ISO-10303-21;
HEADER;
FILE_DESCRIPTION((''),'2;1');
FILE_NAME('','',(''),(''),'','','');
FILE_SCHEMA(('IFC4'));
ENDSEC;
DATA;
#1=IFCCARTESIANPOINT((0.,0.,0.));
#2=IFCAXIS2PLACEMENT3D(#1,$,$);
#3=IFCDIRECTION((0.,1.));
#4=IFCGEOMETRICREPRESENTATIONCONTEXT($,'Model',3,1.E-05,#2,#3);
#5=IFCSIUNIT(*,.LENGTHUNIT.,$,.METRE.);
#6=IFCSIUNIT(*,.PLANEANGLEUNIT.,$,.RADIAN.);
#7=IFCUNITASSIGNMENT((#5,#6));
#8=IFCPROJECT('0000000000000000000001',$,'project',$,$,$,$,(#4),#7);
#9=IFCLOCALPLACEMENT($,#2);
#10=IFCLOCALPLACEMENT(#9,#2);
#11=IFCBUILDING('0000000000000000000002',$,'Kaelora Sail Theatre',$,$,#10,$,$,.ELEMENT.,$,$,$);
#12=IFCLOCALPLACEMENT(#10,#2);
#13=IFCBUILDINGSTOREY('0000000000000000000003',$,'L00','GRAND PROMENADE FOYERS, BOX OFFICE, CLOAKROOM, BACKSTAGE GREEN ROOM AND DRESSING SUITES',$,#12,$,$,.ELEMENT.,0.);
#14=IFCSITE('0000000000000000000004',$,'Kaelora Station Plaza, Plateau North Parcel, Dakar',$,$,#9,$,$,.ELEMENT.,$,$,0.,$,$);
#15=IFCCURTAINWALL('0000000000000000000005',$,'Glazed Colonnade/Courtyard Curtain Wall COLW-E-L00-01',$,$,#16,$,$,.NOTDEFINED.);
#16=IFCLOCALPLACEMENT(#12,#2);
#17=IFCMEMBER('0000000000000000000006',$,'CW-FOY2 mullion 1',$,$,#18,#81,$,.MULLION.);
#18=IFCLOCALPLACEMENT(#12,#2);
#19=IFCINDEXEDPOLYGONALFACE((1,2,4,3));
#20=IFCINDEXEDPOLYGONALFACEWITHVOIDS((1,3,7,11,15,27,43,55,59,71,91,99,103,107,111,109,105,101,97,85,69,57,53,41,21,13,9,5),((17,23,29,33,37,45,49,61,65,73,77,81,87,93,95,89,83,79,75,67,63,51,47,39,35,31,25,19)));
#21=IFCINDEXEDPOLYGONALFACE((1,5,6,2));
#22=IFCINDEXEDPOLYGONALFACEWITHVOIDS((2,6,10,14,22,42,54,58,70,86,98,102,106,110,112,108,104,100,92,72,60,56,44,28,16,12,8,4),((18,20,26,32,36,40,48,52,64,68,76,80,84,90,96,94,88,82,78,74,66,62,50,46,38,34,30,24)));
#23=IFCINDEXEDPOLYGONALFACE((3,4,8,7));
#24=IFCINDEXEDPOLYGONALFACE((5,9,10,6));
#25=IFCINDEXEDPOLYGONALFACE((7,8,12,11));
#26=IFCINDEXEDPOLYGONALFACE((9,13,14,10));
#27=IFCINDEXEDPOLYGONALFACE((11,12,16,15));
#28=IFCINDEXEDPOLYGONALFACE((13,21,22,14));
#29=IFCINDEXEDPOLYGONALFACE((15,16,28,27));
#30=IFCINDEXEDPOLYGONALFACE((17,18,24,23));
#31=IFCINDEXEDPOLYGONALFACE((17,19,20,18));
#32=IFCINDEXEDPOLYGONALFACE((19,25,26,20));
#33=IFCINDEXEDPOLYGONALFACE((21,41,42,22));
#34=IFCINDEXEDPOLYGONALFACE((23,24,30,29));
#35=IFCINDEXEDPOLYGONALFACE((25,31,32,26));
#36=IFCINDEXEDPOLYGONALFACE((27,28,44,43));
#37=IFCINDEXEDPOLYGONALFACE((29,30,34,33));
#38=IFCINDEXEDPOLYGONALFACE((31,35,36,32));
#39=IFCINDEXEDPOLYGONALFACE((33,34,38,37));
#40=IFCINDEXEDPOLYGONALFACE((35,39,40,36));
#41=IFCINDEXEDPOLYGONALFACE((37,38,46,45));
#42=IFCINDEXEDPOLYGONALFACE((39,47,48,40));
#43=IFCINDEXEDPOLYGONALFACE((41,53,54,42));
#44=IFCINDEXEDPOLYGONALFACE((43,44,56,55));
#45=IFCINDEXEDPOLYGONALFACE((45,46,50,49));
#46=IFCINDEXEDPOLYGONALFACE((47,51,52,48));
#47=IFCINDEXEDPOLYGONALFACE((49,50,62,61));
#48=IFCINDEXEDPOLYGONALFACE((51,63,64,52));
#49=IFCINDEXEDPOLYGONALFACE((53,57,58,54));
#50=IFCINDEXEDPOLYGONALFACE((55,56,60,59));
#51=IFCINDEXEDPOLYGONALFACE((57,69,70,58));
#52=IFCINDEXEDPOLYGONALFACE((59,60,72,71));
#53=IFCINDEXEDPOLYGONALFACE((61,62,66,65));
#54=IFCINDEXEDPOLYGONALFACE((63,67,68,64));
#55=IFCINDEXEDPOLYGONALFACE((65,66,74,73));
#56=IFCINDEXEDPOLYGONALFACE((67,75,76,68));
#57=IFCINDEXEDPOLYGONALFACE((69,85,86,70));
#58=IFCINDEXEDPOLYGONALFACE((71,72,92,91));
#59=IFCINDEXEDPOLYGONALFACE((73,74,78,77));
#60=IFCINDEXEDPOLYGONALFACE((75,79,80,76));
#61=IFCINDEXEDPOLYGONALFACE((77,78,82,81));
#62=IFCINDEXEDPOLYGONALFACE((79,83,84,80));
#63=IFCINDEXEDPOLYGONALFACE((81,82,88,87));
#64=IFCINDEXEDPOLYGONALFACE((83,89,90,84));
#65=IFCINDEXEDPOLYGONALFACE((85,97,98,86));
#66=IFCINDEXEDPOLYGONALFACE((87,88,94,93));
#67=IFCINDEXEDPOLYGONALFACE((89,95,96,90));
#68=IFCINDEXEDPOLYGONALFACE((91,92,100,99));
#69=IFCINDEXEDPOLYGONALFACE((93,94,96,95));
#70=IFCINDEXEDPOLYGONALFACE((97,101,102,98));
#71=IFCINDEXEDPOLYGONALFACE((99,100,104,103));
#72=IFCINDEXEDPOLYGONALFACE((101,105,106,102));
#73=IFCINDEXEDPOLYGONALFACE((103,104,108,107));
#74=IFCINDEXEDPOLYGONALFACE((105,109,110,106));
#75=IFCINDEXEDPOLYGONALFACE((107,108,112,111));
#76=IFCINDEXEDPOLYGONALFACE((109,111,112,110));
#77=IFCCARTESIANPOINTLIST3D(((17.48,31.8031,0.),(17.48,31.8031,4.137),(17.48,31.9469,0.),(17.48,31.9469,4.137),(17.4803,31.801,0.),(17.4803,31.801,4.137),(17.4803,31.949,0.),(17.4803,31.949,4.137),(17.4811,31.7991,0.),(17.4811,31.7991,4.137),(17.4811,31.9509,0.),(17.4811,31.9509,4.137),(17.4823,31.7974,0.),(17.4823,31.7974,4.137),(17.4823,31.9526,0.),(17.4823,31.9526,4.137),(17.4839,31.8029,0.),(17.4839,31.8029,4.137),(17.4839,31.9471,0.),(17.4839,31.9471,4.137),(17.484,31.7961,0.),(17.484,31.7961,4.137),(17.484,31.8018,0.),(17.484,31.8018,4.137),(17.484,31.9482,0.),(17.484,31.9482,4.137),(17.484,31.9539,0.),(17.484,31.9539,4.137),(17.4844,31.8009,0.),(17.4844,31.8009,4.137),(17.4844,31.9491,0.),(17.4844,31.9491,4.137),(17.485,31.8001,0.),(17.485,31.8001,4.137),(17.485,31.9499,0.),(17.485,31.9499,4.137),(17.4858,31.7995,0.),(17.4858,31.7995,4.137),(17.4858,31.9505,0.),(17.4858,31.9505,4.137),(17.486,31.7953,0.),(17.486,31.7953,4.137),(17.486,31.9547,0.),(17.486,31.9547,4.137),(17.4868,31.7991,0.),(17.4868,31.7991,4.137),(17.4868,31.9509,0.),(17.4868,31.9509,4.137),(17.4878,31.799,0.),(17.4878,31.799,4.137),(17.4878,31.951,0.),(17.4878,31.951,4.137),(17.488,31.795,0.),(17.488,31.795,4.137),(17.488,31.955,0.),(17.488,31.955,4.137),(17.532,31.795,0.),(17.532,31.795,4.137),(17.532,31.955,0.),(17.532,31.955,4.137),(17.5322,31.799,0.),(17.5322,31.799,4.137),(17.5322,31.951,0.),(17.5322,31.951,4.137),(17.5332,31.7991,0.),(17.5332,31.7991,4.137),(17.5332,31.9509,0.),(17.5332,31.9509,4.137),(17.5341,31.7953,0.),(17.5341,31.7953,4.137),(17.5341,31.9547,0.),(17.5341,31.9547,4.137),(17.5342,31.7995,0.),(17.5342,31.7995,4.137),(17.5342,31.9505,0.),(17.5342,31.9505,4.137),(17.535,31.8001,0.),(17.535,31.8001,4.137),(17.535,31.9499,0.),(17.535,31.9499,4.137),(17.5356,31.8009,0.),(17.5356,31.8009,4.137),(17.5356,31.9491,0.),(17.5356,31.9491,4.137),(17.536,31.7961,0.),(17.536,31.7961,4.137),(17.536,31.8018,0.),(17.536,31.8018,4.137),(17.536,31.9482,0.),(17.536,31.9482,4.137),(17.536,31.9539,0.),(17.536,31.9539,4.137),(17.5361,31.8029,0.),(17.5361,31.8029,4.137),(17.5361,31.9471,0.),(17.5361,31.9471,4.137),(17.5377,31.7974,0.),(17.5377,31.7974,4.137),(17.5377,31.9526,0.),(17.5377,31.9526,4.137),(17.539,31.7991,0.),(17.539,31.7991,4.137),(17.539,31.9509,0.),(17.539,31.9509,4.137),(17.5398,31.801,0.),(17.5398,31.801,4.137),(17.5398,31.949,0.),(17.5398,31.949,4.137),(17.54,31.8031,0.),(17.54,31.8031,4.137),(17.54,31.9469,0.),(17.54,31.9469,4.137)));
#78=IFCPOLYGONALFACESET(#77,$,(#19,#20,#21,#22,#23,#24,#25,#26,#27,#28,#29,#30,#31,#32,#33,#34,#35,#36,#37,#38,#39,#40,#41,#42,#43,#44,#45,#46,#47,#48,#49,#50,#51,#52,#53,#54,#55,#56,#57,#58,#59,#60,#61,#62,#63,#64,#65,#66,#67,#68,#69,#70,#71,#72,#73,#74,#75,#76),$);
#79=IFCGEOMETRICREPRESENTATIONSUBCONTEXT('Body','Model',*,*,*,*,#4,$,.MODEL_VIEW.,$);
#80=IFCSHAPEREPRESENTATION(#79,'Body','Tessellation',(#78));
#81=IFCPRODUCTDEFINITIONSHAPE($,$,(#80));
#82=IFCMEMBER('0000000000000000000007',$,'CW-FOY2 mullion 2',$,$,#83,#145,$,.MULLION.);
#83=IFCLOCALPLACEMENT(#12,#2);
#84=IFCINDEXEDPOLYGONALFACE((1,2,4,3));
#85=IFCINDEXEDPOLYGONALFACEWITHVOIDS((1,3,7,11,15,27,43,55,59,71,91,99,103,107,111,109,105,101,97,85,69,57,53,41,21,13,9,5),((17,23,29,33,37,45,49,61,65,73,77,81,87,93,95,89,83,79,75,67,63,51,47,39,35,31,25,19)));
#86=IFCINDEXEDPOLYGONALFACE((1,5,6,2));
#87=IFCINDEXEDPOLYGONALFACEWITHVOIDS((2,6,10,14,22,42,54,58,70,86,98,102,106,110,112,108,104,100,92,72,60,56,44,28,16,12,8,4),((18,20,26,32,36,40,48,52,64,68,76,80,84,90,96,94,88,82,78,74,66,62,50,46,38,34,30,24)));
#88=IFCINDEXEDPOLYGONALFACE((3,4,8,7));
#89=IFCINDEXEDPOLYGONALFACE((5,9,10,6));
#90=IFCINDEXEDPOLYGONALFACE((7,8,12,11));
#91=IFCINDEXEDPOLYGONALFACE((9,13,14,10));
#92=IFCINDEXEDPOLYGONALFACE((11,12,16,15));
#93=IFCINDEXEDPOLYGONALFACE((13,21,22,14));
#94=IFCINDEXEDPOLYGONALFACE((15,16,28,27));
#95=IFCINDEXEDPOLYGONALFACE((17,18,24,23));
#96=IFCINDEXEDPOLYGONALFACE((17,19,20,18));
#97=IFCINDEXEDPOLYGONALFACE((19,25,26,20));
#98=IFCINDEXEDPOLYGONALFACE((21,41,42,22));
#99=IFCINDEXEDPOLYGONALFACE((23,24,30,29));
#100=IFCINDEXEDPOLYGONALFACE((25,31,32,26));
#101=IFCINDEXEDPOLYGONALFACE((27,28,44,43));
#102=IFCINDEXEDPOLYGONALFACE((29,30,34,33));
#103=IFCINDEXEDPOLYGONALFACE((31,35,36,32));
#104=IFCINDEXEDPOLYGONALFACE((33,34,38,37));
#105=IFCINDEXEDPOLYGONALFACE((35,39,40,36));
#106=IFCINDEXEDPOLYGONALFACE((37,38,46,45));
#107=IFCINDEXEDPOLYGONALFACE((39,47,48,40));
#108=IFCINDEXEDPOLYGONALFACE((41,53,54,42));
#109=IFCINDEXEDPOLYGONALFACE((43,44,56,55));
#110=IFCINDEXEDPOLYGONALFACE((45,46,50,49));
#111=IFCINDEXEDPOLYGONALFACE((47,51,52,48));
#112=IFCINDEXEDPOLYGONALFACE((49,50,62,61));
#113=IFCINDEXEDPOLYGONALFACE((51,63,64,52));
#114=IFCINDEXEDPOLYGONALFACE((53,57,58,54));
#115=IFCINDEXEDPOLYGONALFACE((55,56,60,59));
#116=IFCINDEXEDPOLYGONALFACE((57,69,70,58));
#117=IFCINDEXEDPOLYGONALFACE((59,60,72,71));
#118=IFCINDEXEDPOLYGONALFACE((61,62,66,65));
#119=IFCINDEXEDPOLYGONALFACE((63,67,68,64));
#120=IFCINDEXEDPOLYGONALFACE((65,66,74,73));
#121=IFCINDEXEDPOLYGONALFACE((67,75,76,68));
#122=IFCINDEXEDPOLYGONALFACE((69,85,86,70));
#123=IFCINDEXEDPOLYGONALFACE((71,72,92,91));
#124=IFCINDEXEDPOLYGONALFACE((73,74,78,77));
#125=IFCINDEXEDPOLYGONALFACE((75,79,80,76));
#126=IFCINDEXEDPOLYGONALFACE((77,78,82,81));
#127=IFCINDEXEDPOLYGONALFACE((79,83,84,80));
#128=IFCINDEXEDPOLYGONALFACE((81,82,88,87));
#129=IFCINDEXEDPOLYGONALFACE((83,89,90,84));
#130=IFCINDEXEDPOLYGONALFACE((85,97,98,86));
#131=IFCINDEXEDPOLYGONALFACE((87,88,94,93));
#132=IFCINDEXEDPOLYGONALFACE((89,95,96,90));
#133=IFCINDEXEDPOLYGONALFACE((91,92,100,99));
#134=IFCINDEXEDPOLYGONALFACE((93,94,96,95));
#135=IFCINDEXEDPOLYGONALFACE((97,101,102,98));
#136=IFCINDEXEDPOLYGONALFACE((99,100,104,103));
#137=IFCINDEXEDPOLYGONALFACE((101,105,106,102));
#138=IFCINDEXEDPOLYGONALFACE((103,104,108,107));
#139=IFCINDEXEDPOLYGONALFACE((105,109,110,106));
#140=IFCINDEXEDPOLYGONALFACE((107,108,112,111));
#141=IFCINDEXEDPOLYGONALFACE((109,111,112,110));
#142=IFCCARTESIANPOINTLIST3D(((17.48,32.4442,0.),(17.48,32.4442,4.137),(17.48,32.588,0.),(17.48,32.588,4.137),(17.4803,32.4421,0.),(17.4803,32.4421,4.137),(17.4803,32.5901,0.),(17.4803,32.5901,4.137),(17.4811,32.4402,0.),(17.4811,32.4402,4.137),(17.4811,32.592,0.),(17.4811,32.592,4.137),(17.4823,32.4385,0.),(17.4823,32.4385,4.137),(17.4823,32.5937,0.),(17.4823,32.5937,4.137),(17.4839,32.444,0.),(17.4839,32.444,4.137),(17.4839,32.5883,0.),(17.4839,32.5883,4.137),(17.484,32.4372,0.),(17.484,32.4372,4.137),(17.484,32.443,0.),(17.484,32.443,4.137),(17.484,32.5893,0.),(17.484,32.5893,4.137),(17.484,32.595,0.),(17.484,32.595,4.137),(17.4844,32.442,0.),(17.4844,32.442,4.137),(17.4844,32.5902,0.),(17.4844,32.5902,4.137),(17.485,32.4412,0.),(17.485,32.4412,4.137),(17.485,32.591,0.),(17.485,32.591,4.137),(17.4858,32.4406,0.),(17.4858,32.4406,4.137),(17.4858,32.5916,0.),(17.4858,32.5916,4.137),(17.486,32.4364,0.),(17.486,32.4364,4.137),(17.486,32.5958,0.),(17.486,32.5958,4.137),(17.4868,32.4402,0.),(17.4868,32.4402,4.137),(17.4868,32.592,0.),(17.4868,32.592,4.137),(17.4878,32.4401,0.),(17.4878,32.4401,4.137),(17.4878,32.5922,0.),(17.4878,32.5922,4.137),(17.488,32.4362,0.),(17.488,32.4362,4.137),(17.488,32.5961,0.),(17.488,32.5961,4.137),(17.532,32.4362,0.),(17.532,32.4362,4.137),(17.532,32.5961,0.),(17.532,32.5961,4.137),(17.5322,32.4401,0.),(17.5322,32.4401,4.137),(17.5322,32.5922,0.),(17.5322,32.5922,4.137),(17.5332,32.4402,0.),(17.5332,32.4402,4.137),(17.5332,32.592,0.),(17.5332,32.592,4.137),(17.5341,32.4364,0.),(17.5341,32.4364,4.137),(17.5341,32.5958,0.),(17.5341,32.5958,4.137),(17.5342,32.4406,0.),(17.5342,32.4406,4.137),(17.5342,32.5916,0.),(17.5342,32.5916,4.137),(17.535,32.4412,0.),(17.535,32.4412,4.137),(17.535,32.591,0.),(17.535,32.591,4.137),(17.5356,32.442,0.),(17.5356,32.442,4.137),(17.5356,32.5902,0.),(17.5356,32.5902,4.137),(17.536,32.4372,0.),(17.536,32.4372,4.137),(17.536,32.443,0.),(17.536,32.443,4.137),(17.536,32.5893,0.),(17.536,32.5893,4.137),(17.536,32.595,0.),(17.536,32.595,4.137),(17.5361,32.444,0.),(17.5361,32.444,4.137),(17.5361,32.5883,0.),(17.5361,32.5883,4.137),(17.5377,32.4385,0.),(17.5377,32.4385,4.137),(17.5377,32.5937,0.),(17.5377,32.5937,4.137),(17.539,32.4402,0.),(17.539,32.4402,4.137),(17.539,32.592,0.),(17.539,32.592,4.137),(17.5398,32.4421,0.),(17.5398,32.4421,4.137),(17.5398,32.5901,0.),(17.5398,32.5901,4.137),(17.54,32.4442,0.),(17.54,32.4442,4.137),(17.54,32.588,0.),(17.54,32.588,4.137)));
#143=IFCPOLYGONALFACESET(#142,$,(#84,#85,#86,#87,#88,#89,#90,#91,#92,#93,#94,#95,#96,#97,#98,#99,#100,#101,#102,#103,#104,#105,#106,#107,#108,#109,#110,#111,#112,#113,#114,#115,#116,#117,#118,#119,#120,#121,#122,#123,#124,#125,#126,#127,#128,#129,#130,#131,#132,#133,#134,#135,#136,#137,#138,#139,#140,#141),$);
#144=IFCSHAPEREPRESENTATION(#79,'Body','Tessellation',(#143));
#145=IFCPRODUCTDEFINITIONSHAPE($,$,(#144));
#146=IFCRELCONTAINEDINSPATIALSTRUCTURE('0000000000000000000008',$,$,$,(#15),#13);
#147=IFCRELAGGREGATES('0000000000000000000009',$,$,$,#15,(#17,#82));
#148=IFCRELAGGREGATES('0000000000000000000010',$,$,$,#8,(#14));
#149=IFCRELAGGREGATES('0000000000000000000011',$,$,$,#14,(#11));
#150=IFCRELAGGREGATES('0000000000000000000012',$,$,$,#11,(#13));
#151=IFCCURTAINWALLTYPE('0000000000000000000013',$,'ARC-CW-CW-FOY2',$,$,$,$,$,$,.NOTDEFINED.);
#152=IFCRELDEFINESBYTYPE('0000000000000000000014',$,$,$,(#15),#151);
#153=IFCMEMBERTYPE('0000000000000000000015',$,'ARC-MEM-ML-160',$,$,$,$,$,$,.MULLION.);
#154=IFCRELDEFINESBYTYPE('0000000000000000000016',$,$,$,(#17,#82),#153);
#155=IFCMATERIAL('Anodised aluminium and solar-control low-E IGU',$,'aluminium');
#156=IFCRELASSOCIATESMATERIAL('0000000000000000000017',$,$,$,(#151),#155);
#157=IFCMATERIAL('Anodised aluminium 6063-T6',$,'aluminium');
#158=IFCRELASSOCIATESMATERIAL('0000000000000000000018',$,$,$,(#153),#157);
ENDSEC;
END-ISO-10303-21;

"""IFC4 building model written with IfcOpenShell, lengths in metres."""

from ifc_helpers import new_model, si_unit, direction, frame, origin, origin_2d, place, context, subcontext, project, spatial, hollow_rectangle, extrude, material, material_profile, profile_set, type_object, element, aggregate, save


model = new_model("IFC4")

# Units and contexts
model_context = context("Model", 3, precision=1e-05, world=origin(), true_north=direction((0.0, 1.0)))
body_context = subcontext(model_context, "Body", "Model", "MODEL_VIEW")
ifc_project = project(units=[si_unit("LENGTHUNIT", "METRE"), si_unit("PLANEANGLEUNIT", "RADIAN")], contexts=[model_context])

# Site, building, storey
site_placement = place(None, origin())
site = spatial("IfcSite", under=ifc_project, at=site_placement, Name="Kaelora Station Plaza, Plateau North Parcel, Dakar", CompositionType="ELEMENT", RefElevation=0.0)
building_placement = place(site_placement, origin())
building = spatial("IfcBuilding", under=site, at=building_placement, Name="Kaelora Sail Theatre", CompositionType="ELEMENT")
storey_placement = place(building_placement, origin())
storey = spatial("IfcBuildingStorey", under=building, at=storey_placement, Name="L00", Description="GRAND PROMENADE FOYERS, BOX OFFICE, CLOAKROOM, BACKSTAGE GREEN ROOM AND DRESSING SUITES", CompositionType="ELEMENT", Elevation=0.0)

# Curtain wall, members
ifc_material_1 = material(Name="Anodised aluminium and solar-control low-E IGU", Category="aluminium")
curtain_wall_type = type_object("IfcCurtainWallType", Name="ARC-CW-CW-FOY2", PredefinedType="NOTDEFINED", material=ifc_material_1)
curtain_wall_placement = place(storey_placement, origin())
curtain_wall = element("IfcCurtainWall", 1, at=curtain_wall_placement, inside=storey, type_object=curtain_wall_type, Name="Glazed Colonnade/Courtyard Curtain Wall COLW-E-L00-01", PredefinedType="NOTDEFINED")
ifc_material_2 = material(Name="Anodised aluminium 6063-T6", Category="aluminium")
ifc_material_profile_1 = material_profile(ifc_material_2, hollow_rectangle(XDim=0.0601, YDim=0.1599, WallThickness=0.0039, InnerFilletRadius=0.0039, OuterFilletRadius=0.0081, at=origin_2d()), Name="ALU-MULL 60x160x4")
ifc_profile_set_1 = profile_set([ifc_material_profile_1], Name="Anodised aluminium 6063-T6")
member_type_1 = type_object("IfcMemberType", Name="ARC-MEM-ML-160", PredefinedType="MULLION", material=ifc_profile_set_1)
member_1_placement = place(storey_placement, frame((17.51, 31.875, 0.0), z_axis=(0.0, 0.0, 1.0), x_axis=(-1.0, 0.0, 0.0)))
member_1 = element("IfcMember", 2, at=member_1_placement, type_object=member_type_1, Name="CW-FOY2 mullion 1", PredefinedType="MULLION", context=body_context, shape_type="SweptSolid", body=[
    extrude(hollow_rectangle(XDim=0.0601, YDim=0.1599, WallThickness=0.0039, InnerFilletRadius=0.0039, OuterFilletRadius=0.0081, at=origin_2d()), origin(), (0.0, 0.0, 1.0), 4.137),
])
member_2_placement = place(storey_placement, frame((17.51, 32.5161, 0.0), z_axis=(0.0, 0.0, 1.0), x_axis=(-1.0, 0.0, 0.0)))
member_2 = element("IfcMember", 3, at=member_2_placement, type_object=member_type_1, Name="CW-FOY2 mullion 2", PredefinedType="MULLION", context=body_context, shape_type="SweptSolid", body=[
    extrude(hollow_rectangle(XDim=0.0601, YDim=0.1599, WallThickness=0.0039, InnerFilletRadius=0.0039, OuterFilletRadius=0.0081, at=origin_2d()), origin(), (0.0, 0.0, 1.0), 4.137),
])
aggregate(curtain_wall, [member_1, member_2])

save(model, "model.ifc")
